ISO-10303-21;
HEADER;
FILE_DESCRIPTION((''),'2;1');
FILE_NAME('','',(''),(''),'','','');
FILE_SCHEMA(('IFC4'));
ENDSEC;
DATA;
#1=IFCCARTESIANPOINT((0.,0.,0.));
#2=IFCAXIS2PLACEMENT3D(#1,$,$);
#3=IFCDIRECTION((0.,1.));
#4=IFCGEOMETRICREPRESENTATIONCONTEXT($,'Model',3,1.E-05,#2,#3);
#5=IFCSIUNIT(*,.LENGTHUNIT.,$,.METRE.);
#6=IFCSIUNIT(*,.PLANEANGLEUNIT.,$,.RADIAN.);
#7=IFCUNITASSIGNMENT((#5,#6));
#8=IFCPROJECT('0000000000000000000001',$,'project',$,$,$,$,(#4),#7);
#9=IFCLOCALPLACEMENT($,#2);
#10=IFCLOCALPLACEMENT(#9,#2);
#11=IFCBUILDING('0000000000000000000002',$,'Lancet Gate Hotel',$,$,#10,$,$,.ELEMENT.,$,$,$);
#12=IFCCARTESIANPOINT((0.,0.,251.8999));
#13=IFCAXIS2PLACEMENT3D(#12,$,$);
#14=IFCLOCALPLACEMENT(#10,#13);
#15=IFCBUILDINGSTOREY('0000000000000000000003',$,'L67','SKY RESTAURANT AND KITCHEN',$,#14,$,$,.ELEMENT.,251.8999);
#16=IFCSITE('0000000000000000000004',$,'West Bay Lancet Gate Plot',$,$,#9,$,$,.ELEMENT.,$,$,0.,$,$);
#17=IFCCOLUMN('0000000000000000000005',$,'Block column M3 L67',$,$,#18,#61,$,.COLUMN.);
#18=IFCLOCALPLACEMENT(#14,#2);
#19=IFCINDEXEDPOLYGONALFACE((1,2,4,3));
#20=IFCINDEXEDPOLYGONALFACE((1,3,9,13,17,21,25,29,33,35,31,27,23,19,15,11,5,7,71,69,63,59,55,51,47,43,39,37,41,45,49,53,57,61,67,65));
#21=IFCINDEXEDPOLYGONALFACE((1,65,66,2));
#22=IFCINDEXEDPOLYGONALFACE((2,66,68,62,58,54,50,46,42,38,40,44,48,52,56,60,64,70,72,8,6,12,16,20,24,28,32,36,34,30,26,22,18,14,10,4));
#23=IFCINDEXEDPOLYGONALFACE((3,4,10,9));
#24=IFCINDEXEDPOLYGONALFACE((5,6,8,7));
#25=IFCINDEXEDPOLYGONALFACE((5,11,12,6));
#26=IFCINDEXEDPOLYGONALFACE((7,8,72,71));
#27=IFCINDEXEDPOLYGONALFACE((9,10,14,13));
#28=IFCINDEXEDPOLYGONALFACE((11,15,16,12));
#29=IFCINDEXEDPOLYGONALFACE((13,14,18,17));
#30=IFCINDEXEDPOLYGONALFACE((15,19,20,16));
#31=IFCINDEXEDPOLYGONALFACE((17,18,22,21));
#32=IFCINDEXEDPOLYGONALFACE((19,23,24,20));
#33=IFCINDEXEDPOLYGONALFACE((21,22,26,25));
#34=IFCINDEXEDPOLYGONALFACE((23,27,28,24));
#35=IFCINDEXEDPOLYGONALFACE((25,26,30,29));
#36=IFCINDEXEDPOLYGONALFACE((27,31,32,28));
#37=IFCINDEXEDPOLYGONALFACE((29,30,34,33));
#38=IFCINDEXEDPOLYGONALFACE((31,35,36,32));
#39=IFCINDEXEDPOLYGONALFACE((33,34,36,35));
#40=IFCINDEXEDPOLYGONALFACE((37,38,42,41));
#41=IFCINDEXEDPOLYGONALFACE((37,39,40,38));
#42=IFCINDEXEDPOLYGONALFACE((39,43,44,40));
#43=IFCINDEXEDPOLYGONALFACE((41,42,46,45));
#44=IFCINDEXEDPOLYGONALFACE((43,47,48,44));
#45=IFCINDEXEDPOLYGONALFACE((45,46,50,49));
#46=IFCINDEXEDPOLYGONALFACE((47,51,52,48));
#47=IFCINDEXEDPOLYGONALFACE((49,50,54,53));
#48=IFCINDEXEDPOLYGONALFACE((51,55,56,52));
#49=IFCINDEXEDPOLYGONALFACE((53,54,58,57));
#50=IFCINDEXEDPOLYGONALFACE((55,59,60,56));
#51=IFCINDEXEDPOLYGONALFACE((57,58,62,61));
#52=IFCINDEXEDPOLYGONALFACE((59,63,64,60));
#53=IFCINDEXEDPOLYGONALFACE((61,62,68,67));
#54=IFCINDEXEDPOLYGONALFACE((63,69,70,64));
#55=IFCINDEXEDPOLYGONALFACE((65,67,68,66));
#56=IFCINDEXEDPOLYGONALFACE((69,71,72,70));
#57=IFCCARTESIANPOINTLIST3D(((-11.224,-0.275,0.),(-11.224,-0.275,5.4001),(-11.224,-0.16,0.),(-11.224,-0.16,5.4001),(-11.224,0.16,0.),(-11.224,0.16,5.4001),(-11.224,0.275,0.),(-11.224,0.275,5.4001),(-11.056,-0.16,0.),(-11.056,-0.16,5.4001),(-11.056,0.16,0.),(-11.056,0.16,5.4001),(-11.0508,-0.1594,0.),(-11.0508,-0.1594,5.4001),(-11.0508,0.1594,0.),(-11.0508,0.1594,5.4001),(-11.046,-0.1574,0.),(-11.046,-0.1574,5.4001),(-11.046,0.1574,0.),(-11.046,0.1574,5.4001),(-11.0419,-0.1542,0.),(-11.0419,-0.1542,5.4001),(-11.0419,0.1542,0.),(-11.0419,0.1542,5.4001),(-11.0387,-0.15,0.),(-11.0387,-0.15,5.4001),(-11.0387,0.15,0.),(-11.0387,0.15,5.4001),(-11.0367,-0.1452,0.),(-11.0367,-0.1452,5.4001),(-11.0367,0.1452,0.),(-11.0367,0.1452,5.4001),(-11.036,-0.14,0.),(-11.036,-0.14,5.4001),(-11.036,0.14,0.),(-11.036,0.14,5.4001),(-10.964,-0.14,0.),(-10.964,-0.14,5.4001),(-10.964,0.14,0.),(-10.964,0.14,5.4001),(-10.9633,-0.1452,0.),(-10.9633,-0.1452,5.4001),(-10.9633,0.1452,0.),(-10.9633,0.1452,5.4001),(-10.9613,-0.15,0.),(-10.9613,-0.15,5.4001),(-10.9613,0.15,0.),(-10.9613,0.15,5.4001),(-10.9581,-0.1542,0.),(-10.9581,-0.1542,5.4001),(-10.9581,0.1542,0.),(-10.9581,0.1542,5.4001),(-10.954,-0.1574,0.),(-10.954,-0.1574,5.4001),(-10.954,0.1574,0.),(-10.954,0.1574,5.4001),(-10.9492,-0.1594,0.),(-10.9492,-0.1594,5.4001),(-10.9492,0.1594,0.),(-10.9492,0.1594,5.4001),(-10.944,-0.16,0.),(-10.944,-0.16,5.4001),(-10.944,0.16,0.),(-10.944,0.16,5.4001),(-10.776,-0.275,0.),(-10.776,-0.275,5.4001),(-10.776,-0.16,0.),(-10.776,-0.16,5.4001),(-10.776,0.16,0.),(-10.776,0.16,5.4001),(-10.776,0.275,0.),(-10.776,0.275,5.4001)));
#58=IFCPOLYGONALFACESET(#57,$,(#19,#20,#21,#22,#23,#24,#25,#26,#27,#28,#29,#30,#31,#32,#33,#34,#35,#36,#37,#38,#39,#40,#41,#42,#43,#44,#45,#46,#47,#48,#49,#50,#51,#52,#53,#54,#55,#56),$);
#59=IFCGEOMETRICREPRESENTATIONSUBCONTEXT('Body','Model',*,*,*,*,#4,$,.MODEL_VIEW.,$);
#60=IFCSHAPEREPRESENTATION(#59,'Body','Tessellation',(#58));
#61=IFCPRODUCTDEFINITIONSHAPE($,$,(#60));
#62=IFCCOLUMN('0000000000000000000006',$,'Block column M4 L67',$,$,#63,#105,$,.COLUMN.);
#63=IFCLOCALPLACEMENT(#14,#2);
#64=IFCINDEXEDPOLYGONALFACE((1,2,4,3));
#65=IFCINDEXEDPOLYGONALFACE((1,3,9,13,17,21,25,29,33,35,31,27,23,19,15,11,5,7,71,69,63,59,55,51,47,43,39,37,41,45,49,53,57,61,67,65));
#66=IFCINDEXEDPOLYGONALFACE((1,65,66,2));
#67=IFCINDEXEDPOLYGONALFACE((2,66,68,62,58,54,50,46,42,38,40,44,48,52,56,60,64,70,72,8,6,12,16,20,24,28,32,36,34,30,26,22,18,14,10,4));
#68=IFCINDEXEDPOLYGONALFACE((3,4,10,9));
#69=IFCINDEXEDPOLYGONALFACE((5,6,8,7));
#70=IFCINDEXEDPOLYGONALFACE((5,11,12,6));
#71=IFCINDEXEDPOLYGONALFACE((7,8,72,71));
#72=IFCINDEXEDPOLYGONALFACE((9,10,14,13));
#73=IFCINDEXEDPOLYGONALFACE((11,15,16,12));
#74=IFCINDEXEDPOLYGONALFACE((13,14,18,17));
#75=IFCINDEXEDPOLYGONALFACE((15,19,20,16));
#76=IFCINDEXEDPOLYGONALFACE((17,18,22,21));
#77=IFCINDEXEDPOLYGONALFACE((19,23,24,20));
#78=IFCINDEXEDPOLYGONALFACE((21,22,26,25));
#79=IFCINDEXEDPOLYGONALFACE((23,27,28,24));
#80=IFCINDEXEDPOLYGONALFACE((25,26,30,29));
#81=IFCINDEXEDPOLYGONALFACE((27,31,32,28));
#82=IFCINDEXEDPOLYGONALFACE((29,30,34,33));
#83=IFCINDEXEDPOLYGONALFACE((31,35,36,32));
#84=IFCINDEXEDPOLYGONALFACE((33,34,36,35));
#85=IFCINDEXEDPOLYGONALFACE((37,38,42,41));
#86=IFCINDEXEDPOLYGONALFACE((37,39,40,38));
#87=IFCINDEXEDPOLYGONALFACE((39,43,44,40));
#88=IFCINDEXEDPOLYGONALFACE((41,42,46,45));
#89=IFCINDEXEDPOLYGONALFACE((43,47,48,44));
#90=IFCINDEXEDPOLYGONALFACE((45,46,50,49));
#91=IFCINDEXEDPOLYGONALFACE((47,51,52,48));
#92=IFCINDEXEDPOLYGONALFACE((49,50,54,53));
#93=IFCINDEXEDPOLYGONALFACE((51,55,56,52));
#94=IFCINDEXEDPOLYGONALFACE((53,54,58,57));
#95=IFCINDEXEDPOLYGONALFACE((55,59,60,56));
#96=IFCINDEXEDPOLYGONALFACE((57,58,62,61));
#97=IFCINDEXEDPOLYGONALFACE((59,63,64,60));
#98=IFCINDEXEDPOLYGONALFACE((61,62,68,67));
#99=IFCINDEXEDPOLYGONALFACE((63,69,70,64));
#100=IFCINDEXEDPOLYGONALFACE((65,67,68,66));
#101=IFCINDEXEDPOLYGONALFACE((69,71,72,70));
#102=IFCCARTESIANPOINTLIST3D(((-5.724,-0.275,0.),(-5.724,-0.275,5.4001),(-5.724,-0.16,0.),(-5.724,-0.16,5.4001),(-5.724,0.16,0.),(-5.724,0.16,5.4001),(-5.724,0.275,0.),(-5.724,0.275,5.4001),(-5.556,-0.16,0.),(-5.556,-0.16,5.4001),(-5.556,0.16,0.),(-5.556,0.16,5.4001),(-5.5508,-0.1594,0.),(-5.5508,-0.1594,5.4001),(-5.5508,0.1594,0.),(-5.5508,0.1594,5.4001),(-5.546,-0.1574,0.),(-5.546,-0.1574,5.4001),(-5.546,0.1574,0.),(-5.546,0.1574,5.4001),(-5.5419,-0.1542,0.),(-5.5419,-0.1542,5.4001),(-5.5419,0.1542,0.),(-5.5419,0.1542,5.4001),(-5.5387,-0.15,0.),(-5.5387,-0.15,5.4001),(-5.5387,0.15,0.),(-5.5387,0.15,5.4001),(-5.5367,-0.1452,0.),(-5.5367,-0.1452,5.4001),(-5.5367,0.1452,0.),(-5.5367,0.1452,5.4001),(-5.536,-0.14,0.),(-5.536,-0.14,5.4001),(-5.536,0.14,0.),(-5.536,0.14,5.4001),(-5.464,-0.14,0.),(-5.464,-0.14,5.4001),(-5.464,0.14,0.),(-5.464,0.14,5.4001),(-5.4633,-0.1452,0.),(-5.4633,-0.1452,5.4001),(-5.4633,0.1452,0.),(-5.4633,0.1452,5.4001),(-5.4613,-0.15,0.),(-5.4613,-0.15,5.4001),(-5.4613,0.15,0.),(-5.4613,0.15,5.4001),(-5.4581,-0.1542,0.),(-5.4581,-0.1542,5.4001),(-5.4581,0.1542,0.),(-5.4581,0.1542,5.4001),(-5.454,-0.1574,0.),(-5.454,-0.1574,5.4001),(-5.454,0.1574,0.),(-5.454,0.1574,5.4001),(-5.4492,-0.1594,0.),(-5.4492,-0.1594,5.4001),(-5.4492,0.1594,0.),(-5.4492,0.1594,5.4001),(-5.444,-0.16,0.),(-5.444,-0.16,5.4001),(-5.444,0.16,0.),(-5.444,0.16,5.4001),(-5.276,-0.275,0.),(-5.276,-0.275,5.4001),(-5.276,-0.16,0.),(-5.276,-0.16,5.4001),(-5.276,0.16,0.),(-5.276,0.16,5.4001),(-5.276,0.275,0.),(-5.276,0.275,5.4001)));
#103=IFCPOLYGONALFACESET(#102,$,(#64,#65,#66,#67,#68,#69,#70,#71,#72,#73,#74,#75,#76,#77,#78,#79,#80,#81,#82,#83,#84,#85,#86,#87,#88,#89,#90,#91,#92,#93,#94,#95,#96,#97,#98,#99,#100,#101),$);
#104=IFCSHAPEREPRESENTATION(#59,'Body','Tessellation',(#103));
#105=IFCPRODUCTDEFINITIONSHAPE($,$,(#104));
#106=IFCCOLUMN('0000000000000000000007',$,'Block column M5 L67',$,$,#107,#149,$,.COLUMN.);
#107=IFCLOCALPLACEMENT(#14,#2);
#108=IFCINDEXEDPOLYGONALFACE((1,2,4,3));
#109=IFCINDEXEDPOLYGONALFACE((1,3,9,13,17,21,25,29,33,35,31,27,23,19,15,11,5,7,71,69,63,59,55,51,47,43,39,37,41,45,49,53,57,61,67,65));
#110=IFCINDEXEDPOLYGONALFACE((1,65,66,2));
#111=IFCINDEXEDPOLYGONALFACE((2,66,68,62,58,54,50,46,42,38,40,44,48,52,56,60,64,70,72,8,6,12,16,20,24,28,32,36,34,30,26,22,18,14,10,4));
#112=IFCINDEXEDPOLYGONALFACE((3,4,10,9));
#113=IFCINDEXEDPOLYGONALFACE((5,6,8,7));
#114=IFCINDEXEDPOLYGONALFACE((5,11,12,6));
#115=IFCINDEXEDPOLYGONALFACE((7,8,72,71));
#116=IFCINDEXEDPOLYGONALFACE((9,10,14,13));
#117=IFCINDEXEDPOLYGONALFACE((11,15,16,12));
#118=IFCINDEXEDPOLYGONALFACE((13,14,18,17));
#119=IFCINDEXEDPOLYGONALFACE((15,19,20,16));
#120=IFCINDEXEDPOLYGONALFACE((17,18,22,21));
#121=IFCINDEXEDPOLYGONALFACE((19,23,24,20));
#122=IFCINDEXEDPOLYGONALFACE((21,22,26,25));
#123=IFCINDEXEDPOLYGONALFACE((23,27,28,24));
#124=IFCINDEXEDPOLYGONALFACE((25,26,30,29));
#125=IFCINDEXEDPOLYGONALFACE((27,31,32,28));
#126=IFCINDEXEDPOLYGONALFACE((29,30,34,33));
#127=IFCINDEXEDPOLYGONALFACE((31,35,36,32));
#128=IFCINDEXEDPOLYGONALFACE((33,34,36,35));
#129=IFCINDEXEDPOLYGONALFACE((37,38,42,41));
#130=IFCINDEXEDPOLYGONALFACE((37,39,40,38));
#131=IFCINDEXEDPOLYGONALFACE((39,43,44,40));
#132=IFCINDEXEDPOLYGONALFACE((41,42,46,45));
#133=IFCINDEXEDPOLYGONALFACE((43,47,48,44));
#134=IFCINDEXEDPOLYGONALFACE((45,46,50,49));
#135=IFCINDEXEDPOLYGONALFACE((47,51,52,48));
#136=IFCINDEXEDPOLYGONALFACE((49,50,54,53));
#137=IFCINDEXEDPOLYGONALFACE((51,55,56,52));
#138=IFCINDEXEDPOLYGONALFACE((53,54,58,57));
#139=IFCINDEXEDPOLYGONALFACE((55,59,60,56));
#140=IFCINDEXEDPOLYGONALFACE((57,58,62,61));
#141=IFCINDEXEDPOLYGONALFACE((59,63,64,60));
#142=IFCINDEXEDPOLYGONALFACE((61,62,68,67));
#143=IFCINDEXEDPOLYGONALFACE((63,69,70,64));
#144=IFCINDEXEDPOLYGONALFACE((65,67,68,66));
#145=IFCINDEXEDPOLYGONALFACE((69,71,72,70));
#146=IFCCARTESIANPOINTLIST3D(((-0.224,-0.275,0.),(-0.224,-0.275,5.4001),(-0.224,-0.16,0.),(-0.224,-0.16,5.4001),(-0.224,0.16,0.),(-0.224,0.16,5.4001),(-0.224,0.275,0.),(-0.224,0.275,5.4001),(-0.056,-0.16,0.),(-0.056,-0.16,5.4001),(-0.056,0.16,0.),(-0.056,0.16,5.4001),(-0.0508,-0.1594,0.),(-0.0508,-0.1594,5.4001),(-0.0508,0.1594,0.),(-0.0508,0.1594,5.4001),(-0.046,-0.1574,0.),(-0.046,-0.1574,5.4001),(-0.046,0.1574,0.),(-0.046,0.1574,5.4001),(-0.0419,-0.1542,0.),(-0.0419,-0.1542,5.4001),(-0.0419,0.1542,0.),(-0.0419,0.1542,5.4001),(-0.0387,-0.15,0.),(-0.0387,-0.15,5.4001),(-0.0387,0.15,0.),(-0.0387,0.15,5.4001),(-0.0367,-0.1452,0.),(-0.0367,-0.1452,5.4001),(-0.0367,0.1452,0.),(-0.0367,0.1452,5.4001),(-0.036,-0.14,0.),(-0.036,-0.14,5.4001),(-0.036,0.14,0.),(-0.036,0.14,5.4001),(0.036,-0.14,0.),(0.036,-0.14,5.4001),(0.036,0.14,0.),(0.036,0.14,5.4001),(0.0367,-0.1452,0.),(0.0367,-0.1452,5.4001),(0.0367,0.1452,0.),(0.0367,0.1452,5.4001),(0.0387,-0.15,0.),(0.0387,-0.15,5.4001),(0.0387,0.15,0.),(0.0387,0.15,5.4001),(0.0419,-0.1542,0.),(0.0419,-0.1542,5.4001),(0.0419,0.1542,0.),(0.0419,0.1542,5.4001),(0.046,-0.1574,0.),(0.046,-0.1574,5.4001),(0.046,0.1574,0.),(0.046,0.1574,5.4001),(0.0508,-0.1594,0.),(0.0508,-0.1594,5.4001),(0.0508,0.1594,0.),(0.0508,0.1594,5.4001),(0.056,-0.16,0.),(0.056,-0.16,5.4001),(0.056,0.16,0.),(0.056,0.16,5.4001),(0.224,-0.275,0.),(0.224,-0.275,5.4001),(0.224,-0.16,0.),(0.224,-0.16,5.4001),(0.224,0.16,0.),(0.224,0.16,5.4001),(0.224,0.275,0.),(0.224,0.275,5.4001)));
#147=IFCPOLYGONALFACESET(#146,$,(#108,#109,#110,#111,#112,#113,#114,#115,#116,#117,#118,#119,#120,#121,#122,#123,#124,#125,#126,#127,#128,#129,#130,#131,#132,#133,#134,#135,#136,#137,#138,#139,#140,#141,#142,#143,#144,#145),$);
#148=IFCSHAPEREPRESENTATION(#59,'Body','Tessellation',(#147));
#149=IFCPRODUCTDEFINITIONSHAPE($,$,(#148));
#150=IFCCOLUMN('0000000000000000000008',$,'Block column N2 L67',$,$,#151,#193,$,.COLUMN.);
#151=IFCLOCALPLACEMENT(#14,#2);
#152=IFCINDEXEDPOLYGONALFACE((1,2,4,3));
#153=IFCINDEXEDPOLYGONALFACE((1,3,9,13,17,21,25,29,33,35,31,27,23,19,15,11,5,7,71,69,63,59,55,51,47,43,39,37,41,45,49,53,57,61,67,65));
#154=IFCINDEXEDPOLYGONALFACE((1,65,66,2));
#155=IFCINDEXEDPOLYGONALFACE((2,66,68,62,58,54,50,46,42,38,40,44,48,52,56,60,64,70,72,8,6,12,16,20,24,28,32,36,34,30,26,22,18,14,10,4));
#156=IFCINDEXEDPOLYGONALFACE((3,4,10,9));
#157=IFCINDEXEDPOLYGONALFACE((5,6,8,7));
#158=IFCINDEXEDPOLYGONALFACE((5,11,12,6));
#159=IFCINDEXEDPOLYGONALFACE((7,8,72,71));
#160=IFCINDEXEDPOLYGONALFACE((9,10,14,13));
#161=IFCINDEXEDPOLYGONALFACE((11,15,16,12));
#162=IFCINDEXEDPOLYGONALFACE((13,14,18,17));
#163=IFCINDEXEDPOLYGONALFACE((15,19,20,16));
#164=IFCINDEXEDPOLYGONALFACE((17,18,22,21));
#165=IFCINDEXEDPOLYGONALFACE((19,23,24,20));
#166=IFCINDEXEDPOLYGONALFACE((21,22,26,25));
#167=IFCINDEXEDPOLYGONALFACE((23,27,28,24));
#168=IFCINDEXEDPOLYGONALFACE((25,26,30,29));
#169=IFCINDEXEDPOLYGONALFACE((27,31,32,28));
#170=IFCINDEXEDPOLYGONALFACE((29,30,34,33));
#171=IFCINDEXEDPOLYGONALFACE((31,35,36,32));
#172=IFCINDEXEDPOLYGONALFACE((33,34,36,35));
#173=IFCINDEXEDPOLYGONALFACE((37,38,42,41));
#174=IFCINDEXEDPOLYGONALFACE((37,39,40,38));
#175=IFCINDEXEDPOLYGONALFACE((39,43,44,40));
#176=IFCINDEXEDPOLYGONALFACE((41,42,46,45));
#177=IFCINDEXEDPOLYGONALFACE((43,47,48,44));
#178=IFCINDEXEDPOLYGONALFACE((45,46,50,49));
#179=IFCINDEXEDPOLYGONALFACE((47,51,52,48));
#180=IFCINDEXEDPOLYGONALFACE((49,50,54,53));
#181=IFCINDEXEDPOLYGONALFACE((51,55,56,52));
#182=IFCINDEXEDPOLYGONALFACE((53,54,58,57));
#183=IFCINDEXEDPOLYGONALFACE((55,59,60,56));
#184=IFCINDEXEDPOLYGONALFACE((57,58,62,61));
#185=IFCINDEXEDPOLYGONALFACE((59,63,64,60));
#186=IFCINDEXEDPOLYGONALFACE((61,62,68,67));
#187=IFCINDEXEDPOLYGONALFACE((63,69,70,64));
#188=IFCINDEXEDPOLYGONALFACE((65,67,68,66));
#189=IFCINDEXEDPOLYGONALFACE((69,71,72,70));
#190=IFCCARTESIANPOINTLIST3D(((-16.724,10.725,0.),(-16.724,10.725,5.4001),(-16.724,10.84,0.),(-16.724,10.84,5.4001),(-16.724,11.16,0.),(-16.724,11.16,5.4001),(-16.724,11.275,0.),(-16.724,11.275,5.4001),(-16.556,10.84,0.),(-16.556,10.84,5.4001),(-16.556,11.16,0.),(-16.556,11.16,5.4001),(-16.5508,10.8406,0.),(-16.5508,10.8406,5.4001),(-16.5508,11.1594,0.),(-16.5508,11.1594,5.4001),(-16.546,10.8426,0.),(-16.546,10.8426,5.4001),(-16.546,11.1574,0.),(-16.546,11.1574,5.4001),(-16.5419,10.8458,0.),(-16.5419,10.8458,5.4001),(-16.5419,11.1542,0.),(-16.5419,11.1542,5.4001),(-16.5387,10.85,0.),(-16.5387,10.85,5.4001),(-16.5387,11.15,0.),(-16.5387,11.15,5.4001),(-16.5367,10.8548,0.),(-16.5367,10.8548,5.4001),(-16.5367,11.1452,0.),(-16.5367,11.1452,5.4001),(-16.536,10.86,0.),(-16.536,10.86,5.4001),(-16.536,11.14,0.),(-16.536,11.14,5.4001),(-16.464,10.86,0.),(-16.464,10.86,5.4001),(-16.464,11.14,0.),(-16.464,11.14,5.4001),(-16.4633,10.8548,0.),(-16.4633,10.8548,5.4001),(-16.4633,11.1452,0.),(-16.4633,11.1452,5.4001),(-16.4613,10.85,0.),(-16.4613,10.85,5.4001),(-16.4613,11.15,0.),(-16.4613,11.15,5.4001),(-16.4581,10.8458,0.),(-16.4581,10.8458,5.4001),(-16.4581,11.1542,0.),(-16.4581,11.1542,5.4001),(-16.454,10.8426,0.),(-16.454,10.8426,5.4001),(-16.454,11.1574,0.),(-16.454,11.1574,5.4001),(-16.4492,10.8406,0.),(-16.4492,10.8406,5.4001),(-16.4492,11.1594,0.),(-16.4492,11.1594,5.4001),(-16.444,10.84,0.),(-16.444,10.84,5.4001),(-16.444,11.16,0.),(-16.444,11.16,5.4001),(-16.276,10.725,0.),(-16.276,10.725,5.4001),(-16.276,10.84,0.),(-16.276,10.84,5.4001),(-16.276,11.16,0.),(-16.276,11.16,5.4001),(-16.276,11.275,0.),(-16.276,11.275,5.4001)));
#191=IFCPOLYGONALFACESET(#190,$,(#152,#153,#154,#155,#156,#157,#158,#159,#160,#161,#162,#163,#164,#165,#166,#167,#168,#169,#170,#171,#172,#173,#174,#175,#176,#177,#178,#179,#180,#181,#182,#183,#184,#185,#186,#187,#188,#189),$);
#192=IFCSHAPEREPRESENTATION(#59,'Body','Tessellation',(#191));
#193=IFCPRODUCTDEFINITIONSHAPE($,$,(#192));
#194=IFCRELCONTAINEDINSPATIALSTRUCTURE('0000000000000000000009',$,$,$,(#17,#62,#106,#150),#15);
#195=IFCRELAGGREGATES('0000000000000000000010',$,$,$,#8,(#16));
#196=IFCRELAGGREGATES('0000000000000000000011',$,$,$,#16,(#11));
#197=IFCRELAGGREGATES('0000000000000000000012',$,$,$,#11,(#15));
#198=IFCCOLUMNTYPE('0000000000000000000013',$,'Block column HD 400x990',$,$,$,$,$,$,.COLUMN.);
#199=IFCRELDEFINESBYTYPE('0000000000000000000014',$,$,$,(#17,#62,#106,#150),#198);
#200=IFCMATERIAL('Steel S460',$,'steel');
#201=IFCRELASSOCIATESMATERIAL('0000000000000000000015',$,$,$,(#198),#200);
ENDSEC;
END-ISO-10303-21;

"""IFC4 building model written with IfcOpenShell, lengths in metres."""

from ifc_helpers import new_model, si_unit, direction, frame, origin, origin_2d, place, context, subcontext, project, spatial, i_section, extrude, material, material_profile, profile_set, type_object, element, save


model = new_model("IFC4")

# Units and contexts
model_context = context("Model", 3, precision=1e-05, world=origin(), true_north=direction((0.0, 1.0)))
body_context = subcontext(model_context, "Body", "Model", "MODEL_VIEW")
ifc_project = project(units=[si_unit("LENGTHUNIT", "METRE"), si_unit("PLANEANGLEUNIT", "RADIAN")], contexts=[model_context])

# Site, building, storey
site_placement = place(None, origin())
site = spatial("IfcSite", under=ifc_project, at=site_placement, Name="West Bay Lancet Gate Plot", CompositionType="ELEMENT", RefElevation=0.0)
building_placement = place(site_placement, origin())
building = spatial("IfcBuilding", under=site, at=building_placement, Name="Lancet Gate Hotel", CompositionType="ELEMENT")
storey_placement = place(building_placement, frame((0.0, 0.0, 251.8999)))
storey = spatial("IfcBuildingStorey", under=building, at=storey_placement, Name="L67", Description="SKY RESTAURANT AND KITCHEN", CompositionType="ELEMENT", Elevation=251.8999)

# Columns
ifc_material_1 = material(Name="Steel S460", Category="steel")
ifc_material_profile_1 = material_profile(ifc_material_1, i_section(OverallWidth=0.448, OverallDepth=0.55, WebThickness=0.072, FlangeThickness=0.115, FilletRadius=0.02, at=origin_2d()), Name="HD 400x990")
ifc_profile_set_1 = profile_set([ifc_material_profile_1], Name="Steel S460")
column_type = type_object("IfcColumnType", Name="Block column HD 400x990", PredefinedType="COLUMN", material=ifc_profile_set_1)
for number, where, z_axis, x_axis, name in (
    (1, (-11.0, 0.0, 0.0), (0.0, 0.0, 1.0), (1.0, 0.0, 0.0), "Block column M3 L67"),
    (2, (-5.5, 0.0, 0.0), (0.0, 0.0, 1.0), (1.0, 0.0, 0.0), "Block column M4 L67"),
    (3, (0.0, 0.0, 0.0), (0.0, 0.0, 1.0), (1.0, 0.0, 0.0), "Block column M5 L67"),
    (4, (-16.5, 11.0, 0.0), (0.0, 0.0, 1.0), (1.0, 0.0, 0.0), "Block column N2 L67"),
):
    element("IfcColumn", number, at=place(storey_placement, frame(where, z_axis=z_axis, x_axis=x_axis)), inside=storey, type_object=column_type, Name=name, PredefinedType="COLUMN", context=body_context, shape_type="SweptSolid", body=[
        extrude(i_section(OverallWidth=0.448, OverallDepth=0.55, WebThickness=0.072, FlangeThickness=0.115, FilletRadius=0.02, at=origin_2d()), origin(), (0.0, 0.0, 1.0), 5.4001),
    ])

save(model, "model.ifc")
